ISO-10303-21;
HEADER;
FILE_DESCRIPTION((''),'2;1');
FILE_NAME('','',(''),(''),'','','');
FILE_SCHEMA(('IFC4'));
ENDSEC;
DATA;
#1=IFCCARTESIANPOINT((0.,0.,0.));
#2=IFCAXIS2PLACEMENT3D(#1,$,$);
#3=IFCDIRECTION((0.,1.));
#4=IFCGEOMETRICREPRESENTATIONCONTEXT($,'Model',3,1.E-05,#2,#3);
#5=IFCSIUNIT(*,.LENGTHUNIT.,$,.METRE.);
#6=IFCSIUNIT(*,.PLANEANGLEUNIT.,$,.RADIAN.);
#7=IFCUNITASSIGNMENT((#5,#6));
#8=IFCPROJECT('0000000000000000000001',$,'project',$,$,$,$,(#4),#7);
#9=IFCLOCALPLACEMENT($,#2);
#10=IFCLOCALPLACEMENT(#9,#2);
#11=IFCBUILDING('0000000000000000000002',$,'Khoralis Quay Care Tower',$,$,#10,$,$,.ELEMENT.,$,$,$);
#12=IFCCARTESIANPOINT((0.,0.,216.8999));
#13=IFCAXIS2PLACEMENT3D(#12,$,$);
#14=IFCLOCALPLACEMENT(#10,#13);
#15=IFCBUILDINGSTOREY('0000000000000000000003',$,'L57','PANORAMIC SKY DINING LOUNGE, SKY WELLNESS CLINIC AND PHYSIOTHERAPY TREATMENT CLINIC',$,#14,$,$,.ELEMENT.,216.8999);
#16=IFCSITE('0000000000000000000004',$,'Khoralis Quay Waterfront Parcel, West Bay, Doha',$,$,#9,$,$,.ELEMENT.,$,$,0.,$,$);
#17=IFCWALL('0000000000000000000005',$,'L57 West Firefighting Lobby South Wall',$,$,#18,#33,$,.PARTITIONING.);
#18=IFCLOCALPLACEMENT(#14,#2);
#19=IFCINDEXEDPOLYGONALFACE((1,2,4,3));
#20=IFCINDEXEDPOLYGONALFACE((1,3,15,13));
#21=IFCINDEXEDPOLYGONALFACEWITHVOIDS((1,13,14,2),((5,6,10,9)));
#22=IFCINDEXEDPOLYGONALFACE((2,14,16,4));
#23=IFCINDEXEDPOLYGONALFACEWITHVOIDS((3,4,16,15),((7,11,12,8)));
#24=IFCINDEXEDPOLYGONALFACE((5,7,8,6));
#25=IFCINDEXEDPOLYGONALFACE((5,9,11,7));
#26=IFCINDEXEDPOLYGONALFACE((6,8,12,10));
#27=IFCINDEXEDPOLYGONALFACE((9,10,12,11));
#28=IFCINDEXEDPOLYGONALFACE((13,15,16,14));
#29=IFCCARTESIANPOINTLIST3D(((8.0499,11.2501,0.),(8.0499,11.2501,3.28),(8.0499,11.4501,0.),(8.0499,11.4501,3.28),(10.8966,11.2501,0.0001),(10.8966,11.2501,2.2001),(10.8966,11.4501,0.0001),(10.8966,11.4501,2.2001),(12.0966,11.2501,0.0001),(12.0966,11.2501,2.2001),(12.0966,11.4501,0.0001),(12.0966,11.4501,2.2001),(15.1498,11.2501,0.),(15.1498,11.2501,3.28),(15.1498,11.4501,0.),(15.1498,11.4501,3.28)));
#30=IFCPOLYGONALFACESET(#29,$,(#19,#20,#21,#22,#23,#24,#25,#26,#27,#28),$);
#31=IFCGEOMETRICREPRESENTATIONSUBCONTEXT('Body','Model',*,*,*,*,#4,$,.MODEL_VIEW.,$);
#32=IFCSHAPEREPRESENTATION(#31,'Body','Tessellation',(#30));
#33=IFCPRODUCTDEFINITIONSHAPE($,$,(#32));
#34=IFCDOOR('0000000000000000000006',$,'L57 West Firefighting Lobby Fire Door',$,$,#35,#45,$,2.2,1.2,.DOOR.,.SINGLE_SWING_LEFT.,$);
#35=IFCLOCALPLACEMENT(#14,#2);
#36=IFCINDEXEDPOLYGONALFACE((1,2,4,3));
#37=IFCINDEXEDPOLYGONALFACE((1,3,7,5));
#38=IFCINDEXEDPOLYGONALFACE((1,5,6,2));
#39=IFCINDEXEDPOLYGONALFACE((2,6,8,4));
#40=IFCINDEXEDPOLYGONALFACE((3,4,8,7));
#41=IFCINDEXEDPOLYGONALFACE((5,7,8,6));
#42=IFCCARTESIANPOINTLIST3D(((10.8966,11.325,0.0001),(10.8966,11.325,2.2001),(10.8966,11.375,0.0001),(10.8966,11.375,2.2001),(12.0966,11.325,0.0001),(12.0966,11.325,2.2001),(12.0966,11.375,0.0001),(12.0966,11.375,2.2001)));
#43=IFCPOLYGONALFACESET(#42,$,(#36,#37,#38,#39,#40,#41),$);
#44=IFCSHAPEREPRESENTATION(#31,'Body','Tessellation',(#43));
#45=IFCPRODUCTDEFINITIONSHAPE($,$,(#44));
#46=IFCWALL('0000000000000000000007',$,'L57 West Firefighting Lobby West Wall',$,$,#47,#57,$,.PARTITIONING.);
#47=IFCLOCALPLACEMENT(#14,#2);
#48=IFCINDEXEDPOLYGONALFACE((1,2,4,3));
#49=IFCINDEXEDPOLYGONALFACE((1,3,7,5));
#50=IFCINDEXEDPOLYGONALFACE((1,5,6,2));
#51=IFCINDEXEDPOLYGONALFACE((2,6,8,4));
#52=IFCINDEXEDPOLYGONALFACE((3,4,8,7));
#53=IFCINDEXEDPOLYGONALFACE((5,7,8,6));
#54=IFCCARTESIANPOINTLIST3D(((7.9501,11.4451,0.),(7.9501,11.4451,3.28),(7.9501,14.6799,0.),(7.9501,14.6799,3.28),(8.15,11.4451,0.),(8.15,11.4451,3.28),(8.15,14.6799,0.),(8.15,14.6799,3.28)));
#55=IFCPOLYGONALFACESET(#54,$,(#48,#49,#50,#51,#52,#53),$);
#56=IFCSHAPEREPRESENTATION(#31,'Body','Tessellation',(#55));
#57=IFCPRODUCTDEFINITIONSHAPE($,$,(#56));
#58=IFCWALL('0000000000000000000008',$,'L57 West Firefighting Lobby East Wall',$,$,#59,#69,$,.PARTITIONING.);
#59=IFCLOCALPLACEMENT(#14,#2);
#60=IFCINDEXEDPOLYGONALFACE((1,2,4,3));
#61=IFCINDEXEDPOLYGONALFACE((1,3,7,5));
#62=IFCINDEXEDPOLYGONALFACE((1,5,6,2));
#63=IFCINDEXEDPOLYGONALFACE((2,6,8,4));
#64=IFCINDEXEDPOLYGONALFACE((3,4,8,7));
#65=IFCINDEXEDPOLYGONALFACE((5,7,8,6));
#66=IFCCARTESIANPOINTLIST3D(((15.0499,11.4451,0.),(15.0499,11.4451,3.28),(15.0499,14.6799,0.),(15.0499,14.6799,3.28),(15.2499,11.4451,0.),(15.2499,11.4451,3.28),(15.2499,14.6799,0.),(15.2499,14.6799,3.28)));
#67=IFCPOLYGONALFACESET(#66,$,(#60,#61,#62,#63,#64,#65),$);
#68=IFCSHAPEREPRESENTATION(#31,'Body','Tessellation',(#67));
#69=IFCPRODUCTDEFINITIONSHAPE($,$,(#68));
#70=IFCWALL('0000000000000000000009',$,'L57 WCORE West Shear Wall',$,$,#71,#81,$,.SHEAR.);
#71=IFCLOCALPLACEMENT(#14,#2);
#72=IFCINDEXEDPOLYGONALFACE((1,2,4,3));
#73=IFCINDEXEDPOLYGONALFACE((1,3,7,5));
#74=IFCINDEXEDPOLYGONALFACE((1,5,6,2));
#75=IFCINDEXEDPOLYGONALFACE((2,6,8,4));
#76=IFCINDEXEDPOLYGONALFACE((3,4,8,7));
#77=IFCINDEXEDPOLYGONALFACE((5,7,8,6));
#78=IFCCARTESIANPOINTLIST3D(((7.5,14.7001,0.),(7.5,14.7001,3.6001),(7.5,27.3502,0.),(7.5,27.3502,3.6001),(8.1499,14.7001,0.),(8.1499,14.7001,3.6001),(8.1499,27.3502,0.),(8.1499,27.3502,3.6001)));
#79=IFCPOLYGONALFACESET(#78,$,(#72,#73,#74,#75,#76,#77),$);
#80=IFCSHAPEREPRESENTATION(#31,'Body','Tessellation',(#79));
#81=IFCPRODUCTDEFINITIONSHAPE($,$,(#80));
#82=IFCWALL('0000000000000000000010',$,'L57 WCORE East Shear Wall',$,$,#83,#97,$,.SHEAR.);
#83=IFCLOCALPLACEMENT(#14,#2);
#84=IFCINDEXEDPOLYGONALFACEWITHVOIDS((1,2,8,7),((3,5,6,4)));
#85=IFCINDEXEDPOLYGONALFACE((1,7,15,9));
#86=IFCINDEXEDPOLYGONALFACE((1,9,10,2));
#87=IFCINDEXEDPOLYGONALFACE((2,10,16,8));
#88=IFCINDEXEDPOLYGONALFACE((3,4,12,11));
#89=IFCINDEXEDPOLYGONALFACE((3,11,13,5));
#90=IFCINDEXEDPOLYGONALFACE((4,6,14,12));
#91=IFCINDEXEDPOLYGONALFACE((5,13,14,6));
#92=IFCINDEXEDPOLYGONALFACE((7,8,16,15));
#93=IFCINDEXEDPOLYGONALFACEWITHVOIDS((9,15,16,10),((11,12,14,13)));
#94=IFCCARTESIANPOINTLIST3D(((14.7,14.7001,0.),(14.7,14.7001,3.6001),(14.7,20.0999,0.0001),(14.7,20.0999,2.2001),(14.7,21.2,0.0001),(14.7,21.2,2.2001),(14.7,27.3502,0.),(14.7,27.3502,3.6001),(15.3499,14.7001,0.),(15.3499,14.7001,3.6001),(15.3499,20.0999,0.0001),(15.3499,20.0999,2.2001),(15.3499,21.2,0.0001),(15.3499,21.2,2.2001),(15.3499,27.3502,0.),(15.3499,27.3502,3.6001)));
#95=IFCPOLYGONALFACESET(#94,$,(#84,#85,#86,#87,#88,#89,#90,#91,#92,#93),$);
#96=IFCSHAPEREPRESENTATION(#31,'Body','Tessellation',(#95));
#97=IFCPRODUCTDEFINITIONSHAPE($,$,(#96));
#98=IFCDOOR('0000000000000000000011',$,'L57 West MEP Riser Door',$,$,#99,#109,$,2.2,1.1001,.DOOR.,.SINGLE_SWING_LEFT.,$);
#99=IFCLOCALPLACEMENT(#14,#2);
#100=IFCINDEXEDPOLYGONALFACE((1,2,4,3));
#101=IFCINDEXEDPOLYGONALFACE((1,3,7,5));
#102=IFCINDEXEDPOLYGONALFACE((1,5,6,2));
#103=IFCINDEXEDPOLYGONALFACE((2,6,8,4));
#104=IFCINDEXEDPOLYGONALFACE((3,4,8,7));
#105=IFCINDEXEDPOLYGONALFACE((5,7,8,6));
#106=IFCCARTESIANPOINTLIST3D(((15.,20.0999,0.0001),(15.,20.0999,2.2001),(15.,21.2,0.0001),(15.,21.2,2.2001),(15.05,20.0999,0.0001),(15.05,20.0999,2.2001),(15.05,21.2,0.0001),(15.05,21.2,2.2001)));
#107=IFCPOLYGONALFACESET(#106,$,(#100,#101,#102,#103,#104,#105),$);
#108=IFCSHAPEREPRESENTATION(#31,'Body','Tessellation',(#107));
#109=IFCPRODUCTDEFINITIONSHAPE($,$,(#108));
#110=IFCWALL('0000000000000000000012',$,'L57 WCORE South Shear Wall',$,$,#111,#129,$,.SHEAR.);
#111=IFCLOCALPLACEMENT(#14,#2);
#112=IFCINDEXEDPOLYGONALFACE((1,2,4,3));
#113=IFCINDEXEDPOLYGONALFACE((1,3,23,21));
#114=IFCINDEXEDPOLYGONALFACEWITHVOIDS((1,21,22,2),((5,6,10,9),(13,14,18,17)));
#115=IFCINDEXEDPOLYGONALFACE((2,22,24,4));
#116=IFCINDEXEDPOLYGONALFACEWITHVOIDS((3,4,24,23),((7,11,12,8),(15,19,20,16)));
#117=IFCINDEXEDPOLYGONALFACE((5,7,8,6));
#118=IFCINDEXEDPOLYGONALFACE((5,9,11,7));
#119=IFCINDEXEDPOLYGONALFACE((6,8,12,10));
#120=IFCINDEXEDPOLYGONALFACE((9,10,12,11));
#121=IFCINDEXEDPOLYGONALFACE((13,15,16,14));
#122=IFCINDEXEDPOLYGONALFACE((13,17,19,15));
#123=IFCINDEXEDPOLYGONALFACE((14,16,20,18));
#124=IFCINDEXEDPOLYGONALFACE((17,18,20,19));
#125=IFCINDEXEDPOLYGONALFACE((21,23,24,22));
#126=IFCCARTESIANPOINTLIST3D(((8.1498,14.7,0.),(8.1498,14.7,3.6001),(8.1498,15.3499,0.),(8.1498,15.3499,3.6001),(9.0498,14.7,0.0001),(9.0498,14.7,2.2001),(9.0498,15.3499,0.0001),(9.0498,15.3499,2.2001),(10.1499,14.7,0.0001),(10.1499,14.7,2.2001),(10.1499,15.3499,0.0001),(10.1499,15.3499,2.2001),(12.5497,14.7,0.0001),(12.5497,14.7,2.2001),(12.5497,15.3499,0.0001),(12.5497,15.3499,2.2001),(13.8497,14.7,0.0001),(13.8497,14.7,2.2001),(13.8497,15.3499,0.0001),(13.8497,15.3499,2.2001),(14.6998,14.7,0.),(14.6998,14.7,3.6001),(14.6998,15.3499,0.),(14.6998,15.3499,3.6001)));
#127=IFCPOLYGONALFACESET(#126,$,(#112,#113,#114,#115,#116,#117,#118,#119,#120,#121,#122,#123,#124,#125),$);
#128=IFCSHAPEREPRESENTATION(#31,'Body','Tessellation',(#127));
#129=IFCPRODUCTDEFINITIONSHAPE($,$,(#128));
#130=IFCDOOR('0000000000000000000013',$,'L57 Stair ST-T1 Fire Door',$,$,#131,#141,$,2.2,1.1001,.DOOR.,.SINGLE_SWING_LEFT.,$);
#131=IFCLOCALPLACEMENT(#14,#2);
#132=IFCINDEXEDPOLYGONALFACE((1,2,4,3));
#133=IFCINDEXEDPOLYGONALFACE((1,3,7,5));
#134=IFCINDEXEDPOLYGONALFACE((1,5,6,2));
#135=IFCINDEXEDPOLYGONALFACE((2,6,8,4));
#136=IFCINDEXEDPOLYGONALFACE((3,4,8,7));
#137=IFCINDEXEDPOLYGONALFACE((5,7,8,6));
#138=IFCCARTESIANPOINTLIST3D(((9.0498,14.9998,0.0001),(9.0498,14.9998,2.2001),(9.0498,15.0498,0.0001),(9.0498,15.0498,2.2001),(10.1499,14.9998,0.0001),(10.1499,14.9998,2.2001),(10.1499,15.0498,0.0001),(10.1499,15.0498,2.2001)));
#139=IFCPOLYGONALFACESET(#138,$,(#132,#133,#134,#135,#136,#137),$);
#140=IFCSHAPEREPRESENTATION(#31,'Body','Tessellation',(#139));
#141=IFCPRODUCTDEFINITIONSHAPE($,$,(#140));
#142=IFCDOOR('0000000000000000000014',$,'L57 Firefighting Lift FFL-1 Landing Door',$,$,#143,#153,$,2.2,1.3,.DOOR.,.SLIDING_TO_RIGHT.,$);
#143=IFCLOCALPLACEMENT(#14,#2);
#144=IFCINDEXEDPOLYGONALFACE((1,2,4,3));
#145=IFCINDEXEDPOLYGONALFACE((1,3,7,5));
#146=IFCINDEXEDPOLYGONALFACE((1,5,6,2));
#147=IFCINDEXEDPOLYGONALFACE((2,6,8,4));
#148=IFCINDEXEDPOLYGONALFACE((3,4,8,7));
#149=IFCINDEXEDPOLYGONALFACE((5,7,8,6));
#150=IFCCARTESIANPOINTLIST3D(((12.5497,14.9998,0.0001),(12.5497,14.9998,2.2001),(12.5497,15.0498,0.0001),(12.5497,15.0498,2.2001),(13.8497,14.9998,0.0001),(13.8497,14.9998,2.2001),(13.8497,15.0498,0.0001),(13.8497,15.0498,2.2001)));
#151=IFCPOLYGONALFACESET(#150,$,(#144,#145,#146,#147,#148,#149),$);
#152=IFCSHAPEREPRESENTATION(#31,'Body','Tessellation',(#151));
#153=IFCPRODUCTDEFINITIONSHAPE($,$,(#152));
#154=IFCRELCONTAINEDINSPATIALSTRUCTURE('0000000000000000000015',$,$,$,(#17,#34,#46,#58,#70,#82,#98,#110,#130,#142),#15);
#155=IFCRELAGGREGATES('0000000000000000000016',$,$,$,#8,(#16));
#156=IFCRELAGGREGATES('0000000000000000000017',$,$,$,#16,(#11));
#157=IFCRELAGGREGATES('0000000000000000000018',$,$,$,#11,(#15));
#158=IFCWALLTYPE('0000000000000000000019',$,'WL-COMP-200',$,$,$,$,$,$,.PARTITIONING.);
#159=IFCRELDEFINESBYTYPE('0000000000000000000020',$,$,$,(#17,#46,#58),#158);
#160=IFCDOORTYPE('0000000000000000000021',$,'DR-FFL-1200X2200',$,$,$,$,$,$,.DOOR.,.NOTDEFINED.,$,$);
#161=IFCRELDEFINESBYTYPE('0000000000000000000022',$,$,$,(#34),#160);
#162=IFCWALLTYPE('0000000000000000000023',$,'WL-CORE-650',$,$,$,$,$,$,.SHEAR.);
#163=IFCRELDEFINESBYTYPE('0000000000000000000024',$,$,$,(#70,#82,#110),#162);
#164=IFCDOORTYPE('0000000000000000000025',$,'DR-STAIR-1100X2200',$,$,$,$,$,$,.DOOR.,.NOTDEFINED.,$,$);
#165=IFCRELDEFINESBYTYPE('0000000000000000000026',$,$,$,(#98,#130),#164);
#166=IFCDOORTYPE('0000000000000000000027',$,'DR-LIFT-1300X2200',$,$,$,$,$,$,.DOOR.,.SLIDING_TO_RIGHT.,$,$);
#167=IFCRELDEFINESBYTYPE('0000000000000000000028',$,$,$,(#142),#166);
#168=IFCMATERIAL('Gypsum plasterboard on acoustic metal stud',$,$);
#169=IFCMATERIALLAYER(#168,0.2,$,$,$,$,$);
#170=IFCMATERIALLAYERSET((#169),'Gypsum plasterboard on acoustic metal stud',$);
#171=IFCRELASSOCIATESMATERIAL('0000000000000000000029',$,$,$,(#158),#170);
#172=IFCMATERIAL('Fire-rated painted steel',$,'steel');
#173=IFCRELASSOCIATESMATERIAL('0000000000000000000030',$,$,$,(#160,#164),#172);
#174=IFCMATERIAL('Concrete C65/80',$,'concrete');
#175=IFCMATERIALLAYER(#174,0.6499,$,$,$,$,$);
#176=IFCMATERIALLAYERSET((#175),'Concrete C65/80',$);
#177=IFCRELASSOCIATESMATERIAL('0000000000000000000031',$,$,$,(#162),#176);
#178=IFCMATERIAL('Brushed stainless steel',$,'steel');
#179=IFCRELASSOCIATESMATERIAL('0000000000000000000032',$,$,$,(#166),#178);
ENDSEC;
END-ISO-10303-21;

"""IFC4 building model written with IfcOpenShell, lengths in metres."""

from ifc_helpers import new_model, si_unit, direction, frame, frame_2d, origin, place, context, subcontext, project, spatial, rectangle, extrude, source, transform, mapped, material, layer, layer_set, type_object, element, fill, save


model = new_model("IFC4")

# Units and contexts
model_context = context("Model", 3, precision=1e-05, world=origin(), true_north=direction((0.0, 1.0)))
body_context = subcontext(model_context, "Body", "Model", "MODEL_VIEW")
ifc_project = project(units=[si_unit("LENGTHUNIT", "METRE"), si_unit("PLANEANGLEUNIT", "RADIAN")], contexts=[model_context])

# Site, building, storey
site_placement = place(None, origin())
site = spatial("IfcSite", under=ifc_project, at=site_placement, Name="Khoralis Quay Waterfront Parcel, West Bay, Doha", CompositionType="ELEMENT", RefElevation=0.0)
building_placement = place(site_placement, origin())
building = spatial("IfcBuilding", under=site, at=building_placement, Name="Khoralis Quay Care Tower", CompositionType="ELEMENT")
storey_placement = place(building_placement, frame((0.0, 0.0, 216.8999)))
storey = spatial("IfcBuildingStorey", under=building, at=storey_placement, Name="L57", Description="PANORAMIC SKY DINING LOUNGE, SKY WELLNESS CLINIC AND PHYSIOTHERAPY TREATMENT CLINIC", CompositionType="ELEMENT", Elevation=216.8999)

# Shared definitions
ifc_material_1 = material(Name="Concrete C65/80", Category="concrete")

# Wall, opening, door
ifc_material_2 = material(Name="Gypsum plasterboard on acoustic metal stud")
ifc_layer_1 = layer(ifc_material_2, 0.2)
ifc_layer_set_1 = layer_set([ifc_layer_1], Name="Gypsum plasterboard on acoustic metal stud")
wall_type_1 = type_object("IfcWallType", Name="WL-COMP-200", PredefinedType="PARTITIONING", material=ifc_layer_set_1)
wall_1_placement = place(storey_placement, frame((8.05, 11.3501, 0.0), z_axis=(0.0, 0.0, 1.0), x_axis=(1.0, 0.0, 0.0)))
wall_1 = element("IfcWall", 1, at=wall_1_placement, inside=storey, type_object=wall_type_1, Name="L57 West Firefighting Lobby South Wall", PredefinedType="PARTITIONING", context=body_context, shape_type="SweptSolid", body=[
    extrude(rectangle(XDim=7.0999, YDim=0.2, at=frame_2d((3.5498, 0.0))), origin(), (0.0, 0.0, 1.0), 3.28),
])
opening_1_placement = place(wall_1_placement, frame((2.8464, 0.0, 0.0)))
opening_1 = element("IfcOpeningElement", 2, at=opening_1_placement, cuts=wall_1, PredefinedType="OPENING", context=body_context, shape_type="SweptSolid", body=[
    extrude(rectangle(XDim=1.2, YDim=2.2, at=frame_2d((0.6001, 1.1001))), frame((0.0, 0.1099, 0.0), z_axis=(0.0, -1.0, 0.0), x_axis=(1.0, 0.0, 0.0)), (0.0, 0.0, 1.0), 0.22),
])
ifc_material_3 = material(Name="Fire-rated painted steel", Category="steel")
door_type_1 = type_object("IfcDoorType", Name="DR-FFL-1200X2200", OperationType="NOTDEFINED", PredefinedType="DOOR", material=ifc_material_3)
shared_shape_1 = source(origin(), body_context, "Body", "SweptSolid", [
    extrude(rectangle(XDim=1.2, YDim=2.2, at=frame_2d((0.6001, 1.1001))), frame((0.0, 0.0249, 0.0), z_axis=(0.0, -1.0, 0.0), x_axis=(1.0, 0.0, 0.0)), (0.0, 0.0, 1.0), 0.05),
])
door_1_placement = place(opening_1_placement, origin())
door_1 = element("IfcDoor", 3, at=door_1_placement, inside=storey, type_object=door_type_1, Name="L57 West Firefighting Lobby Fire Door", OperationType="SINGLE_SWING_LEFT", OverallHeight=2.2, OverallWidth=1.2, PredefinedType="DOOR", context=body_context, shape_type="MappedRepresentation", body=[
    mapped(shared_shape_1, transform((0.0, 0.0, 0.0), scale=1.0)),
])
fill(opening_1, door_1)

# Walls
for number, where, z_axis, x_axis, name in (
    (4, (8.05, 11.4451, 0.0), (0.0, 0.0, 1.0), (0.0, 1.0, 0.0), "L57 West Firefighting Lobby West Wall"),
    (5, (15.1499, 11.4451, 0.0), (0.0, 0.0, 1.0), (0.0, 1.0, 0.0), "L57 West Firefighting Lobby East Wall"),
):
    element("IfcWall", number, at=place(storey_placement, frame(where, z_axis=z_axis, x_axis=x_axis)), inside=storey, type_object=wall_type_1, Name=name, PredefinedType="PARTITIONING", context=body_context, shape_type="SweptSolid", body=[
        extrude(rectangle(XDim=3.2349, YDim=0.2, at=frame_2d((1.6174, 0.0))), origin(), (0.0, 0.0, 1.0), 3.28),
    ])
ifc_layer_2 = layer(ifc_material_1, 0.6499)
ifc_layer_set_2 = layer_set([ifc_layer_2], Name="Concrete C65/80")
wall_type_2 = type_object("IfcWallType", Name="WL-CORE-650", PredefinedType="SHEAR", material=ifc_layer_set_2)
wall_2_placement = place(storey_placement, frame((7.825, 14.7, 0.0), z_axis=(0.0, 0.0, 1.0), x_axis=(0.0, 1.0, 0.0)))
element("IfcWall", 6, at=wall_2_placement, inside=storey, type_object=wall_type_2, Name="L57 WCORE West Shear Wall", PredefinedType="SHEAR", context=body_context, shape_type="SweptSolid", body=[
    extrude(rectangle(XDim=12.6501, YDim=0.6499, at=frame_2d((6.3252, 0.0))), origin(), (0.0, 0.0, 1.0), 3.6001),
])

# Wall, opening, door
wall_3_placement = place(storey_placement, frame((15.0249, 14.7, 0.0), z_axis=(0.0, 0.0, 1.0), x_axis=(0.0, 1.0, 0.0)))
wall_3 = element("IfcWall", 7, at=wall_3_placement, inside=storey, type_object=wall_type_2, Name="L57 WCORE East Shear Wall", PredefinedType="SHEAR", context=body_context, shape_type="SweptSolid", body=[
    extrude(rectangle(XDim=12.6501, YDim=0.6499, at=frame_2d((6.3252, 0.0))), origin(), (0.0, 0.0, 1.0), 3.6001),
])
opening_2_placement = place(wall_3_placement, frame((5.3999, 0.0, 0.0)))
opening_2 = element("IfcOpeningElement", 8, at=opening_2_placement, cuts=wall_3, PredefinedType="OPENING", context=body_context, shape_type="SweptSolid", body=[
    extrude(rectangle(XDim=1.1001, YDim=2.2, at=frame_2d((0.55, 1.1001))), frame((0.0, 0.335, 0.0), z_axis=(0.0, -1.0, 0.0), x_axis=(1.0, 0.0, 0.0)), (0.0, 0.0, 1.0), 0.6699),
])
door_type_2 = type_object("IfcDoorType", Name="DR-STAIR-1100X2200", OperationType="NOTDEFINED", PredefinedType="DOOR", material=ifc_material_3)
shared_shape_2 = source(origin(), body_context, "Body", "SweptSolid", [
    extrude(rectangle(XDim=1.1001, YDim=2.2, at=frame_2d((0.55, 1.1001))), frame((0.0, 0.0249, 0.0), z_axis=(0.0, -1.0, 0.0), x_axis=(1.0, 0.0, 0.0)), (0.0, 0.0, 1.0), 0.05),
])
door_2_placement = place(opening_2_placement, origin())
door_2 = element("IfcDoor", 9, at=door_2_placement, inside=storey, type_object=door_type_2, Name="L57 West MEP Riser Door", OperationType="SINGLE_SWING_LEFT", OverallHeight=2.2, OverallWidth=1.1001, PredefinedType="DOOR", context=body_context, shape_type="MappedRepresentation", body=[
    mapped(shared_shape_2, transform((0.0, 0.0, 0.0), scale=1.0)),
])
fill(opening_2, door_2)

# Wall, openings, doors
wall_4_placement = place(storey_placement, frame((8.1499, 15.0249, 0.0), z_axis=(0.0, 0.0, 1.0), x_axis=(1.0, 0.0, 0.0)))
wall_4 = element("IfcWall", 10, at=wall_4_placement, inside=storey, type_object=wall_type_2, Name="L57 WCORE South Shear Wall", PredefinedType="SHEAR", context=body_context, shape_type="SweptSolid", body=[
    extrude(rectangle(XDim=6.55, YDim=0.6499, at=frame_2d((3.2749, 0.0))), origin(), (0.0, 0.0, 1.0), 3.6001),
])
opening_3_placement = place(wall_4_placement, frame((0.8999, 0.0, 0.0)))
opening_3 = element("IfcOpeningElement", 11, at=opening_3_placement, cuts=wall_4, PredefinedType="OPENING", context=body_context, shape_type="SweptSolid", body=[
    extrude(rectangle(XDim=1.1001, YDim=2.2, at=frame_2d((0.55, 1.1001))), frame((0.0, 0.335, 0.0), z_axis=(0.0, -1.0, 0.0), x_axis=(1.0, 0.0, 0.0)), (0.0, 0.0, 1.0), 0.6699),
])
opening_4_placement = place(wall_4_placement, frame((4.3999, 0.0, 0.0)))
opening_4 = element("IfcOpeningElement", 12, at=opening_4_placement, cuts=wall_4, PredefinedType="OPENING", context=body_context, shape_type="SweptSolid", body=[
    extrude(rectangle(XDim=1.3, YDim=2.2, at=frame_2d((0.6499, 1.1001))), frame((0.0, 0.335, 0.0), z_axis=(0.0, -1.0, 0.0), x_axis=(1.0, 0.0, 0.0)), (0.0, 0.0, 1.0), 0.6699),
])
door_3_placement = place(opening_3_placement, origin())
door_3 = element("IfcDoor", 13, at=door_3_placement, inside=storey, type_object=door_type_2, Name="L57 Stair ST-T1 Fire Door", OperationType="SINGLE_SWING_LEFT", OverallHeight=2.2, OverallWidth=1.1001, PredefinedType="DOOR", context=body_context, shape_type="MappedRepresentation", body=[
    mapped(shared_shape_2, transform((0.0, 0.0, 0.0), scale=1.0)),
])
fill(opening_3, door_3)
ifc_material_4 = material(Name="Brushed stainless steel", Category="steel")
door_type_3 = type_object("IfcDoorType", Name="DR-LIFT-1300X2200", OperationType="SLIDING_TO_RIGHT", PredefinedType="DOOR", material=ifc_material_4)
shared_shape_3 = source(origin(), body_context, "Body", "SweptSolid", [
    extrude(rectangle(XDim=1.3, YDim=2.2, at=frame_2d((0.6499, 1.1001))), frame((0.0, 0.0249, 0.0), z_axis=(0.0, -1.0, 0.0), x_axis=(1.0, 0.0, 0.0)), (0.0, 0.0, 1.0), 0.05),
])
door_4_placement = place(opening_4_placement, origin())
door_4 = element("IfcDoor", 14, at=door_4_placement, inside=storey, type_object=door_type_3, Name="L57 Firefighting Lift FFL-1 Landing Door", OperationType="SLIDING_TO_RIGHT", OverallHeight=2.2, OverallWidth=1.3, PredefinedType="DOOR", context=body_context, shape_type="MappedRepresentation", body=[
    mapped(shared_shape_3, transform((0.0, 0.0, 0.0), scale=1.0)),
])
fill(opening_4, door_4)

save(model, "model.ifc")
